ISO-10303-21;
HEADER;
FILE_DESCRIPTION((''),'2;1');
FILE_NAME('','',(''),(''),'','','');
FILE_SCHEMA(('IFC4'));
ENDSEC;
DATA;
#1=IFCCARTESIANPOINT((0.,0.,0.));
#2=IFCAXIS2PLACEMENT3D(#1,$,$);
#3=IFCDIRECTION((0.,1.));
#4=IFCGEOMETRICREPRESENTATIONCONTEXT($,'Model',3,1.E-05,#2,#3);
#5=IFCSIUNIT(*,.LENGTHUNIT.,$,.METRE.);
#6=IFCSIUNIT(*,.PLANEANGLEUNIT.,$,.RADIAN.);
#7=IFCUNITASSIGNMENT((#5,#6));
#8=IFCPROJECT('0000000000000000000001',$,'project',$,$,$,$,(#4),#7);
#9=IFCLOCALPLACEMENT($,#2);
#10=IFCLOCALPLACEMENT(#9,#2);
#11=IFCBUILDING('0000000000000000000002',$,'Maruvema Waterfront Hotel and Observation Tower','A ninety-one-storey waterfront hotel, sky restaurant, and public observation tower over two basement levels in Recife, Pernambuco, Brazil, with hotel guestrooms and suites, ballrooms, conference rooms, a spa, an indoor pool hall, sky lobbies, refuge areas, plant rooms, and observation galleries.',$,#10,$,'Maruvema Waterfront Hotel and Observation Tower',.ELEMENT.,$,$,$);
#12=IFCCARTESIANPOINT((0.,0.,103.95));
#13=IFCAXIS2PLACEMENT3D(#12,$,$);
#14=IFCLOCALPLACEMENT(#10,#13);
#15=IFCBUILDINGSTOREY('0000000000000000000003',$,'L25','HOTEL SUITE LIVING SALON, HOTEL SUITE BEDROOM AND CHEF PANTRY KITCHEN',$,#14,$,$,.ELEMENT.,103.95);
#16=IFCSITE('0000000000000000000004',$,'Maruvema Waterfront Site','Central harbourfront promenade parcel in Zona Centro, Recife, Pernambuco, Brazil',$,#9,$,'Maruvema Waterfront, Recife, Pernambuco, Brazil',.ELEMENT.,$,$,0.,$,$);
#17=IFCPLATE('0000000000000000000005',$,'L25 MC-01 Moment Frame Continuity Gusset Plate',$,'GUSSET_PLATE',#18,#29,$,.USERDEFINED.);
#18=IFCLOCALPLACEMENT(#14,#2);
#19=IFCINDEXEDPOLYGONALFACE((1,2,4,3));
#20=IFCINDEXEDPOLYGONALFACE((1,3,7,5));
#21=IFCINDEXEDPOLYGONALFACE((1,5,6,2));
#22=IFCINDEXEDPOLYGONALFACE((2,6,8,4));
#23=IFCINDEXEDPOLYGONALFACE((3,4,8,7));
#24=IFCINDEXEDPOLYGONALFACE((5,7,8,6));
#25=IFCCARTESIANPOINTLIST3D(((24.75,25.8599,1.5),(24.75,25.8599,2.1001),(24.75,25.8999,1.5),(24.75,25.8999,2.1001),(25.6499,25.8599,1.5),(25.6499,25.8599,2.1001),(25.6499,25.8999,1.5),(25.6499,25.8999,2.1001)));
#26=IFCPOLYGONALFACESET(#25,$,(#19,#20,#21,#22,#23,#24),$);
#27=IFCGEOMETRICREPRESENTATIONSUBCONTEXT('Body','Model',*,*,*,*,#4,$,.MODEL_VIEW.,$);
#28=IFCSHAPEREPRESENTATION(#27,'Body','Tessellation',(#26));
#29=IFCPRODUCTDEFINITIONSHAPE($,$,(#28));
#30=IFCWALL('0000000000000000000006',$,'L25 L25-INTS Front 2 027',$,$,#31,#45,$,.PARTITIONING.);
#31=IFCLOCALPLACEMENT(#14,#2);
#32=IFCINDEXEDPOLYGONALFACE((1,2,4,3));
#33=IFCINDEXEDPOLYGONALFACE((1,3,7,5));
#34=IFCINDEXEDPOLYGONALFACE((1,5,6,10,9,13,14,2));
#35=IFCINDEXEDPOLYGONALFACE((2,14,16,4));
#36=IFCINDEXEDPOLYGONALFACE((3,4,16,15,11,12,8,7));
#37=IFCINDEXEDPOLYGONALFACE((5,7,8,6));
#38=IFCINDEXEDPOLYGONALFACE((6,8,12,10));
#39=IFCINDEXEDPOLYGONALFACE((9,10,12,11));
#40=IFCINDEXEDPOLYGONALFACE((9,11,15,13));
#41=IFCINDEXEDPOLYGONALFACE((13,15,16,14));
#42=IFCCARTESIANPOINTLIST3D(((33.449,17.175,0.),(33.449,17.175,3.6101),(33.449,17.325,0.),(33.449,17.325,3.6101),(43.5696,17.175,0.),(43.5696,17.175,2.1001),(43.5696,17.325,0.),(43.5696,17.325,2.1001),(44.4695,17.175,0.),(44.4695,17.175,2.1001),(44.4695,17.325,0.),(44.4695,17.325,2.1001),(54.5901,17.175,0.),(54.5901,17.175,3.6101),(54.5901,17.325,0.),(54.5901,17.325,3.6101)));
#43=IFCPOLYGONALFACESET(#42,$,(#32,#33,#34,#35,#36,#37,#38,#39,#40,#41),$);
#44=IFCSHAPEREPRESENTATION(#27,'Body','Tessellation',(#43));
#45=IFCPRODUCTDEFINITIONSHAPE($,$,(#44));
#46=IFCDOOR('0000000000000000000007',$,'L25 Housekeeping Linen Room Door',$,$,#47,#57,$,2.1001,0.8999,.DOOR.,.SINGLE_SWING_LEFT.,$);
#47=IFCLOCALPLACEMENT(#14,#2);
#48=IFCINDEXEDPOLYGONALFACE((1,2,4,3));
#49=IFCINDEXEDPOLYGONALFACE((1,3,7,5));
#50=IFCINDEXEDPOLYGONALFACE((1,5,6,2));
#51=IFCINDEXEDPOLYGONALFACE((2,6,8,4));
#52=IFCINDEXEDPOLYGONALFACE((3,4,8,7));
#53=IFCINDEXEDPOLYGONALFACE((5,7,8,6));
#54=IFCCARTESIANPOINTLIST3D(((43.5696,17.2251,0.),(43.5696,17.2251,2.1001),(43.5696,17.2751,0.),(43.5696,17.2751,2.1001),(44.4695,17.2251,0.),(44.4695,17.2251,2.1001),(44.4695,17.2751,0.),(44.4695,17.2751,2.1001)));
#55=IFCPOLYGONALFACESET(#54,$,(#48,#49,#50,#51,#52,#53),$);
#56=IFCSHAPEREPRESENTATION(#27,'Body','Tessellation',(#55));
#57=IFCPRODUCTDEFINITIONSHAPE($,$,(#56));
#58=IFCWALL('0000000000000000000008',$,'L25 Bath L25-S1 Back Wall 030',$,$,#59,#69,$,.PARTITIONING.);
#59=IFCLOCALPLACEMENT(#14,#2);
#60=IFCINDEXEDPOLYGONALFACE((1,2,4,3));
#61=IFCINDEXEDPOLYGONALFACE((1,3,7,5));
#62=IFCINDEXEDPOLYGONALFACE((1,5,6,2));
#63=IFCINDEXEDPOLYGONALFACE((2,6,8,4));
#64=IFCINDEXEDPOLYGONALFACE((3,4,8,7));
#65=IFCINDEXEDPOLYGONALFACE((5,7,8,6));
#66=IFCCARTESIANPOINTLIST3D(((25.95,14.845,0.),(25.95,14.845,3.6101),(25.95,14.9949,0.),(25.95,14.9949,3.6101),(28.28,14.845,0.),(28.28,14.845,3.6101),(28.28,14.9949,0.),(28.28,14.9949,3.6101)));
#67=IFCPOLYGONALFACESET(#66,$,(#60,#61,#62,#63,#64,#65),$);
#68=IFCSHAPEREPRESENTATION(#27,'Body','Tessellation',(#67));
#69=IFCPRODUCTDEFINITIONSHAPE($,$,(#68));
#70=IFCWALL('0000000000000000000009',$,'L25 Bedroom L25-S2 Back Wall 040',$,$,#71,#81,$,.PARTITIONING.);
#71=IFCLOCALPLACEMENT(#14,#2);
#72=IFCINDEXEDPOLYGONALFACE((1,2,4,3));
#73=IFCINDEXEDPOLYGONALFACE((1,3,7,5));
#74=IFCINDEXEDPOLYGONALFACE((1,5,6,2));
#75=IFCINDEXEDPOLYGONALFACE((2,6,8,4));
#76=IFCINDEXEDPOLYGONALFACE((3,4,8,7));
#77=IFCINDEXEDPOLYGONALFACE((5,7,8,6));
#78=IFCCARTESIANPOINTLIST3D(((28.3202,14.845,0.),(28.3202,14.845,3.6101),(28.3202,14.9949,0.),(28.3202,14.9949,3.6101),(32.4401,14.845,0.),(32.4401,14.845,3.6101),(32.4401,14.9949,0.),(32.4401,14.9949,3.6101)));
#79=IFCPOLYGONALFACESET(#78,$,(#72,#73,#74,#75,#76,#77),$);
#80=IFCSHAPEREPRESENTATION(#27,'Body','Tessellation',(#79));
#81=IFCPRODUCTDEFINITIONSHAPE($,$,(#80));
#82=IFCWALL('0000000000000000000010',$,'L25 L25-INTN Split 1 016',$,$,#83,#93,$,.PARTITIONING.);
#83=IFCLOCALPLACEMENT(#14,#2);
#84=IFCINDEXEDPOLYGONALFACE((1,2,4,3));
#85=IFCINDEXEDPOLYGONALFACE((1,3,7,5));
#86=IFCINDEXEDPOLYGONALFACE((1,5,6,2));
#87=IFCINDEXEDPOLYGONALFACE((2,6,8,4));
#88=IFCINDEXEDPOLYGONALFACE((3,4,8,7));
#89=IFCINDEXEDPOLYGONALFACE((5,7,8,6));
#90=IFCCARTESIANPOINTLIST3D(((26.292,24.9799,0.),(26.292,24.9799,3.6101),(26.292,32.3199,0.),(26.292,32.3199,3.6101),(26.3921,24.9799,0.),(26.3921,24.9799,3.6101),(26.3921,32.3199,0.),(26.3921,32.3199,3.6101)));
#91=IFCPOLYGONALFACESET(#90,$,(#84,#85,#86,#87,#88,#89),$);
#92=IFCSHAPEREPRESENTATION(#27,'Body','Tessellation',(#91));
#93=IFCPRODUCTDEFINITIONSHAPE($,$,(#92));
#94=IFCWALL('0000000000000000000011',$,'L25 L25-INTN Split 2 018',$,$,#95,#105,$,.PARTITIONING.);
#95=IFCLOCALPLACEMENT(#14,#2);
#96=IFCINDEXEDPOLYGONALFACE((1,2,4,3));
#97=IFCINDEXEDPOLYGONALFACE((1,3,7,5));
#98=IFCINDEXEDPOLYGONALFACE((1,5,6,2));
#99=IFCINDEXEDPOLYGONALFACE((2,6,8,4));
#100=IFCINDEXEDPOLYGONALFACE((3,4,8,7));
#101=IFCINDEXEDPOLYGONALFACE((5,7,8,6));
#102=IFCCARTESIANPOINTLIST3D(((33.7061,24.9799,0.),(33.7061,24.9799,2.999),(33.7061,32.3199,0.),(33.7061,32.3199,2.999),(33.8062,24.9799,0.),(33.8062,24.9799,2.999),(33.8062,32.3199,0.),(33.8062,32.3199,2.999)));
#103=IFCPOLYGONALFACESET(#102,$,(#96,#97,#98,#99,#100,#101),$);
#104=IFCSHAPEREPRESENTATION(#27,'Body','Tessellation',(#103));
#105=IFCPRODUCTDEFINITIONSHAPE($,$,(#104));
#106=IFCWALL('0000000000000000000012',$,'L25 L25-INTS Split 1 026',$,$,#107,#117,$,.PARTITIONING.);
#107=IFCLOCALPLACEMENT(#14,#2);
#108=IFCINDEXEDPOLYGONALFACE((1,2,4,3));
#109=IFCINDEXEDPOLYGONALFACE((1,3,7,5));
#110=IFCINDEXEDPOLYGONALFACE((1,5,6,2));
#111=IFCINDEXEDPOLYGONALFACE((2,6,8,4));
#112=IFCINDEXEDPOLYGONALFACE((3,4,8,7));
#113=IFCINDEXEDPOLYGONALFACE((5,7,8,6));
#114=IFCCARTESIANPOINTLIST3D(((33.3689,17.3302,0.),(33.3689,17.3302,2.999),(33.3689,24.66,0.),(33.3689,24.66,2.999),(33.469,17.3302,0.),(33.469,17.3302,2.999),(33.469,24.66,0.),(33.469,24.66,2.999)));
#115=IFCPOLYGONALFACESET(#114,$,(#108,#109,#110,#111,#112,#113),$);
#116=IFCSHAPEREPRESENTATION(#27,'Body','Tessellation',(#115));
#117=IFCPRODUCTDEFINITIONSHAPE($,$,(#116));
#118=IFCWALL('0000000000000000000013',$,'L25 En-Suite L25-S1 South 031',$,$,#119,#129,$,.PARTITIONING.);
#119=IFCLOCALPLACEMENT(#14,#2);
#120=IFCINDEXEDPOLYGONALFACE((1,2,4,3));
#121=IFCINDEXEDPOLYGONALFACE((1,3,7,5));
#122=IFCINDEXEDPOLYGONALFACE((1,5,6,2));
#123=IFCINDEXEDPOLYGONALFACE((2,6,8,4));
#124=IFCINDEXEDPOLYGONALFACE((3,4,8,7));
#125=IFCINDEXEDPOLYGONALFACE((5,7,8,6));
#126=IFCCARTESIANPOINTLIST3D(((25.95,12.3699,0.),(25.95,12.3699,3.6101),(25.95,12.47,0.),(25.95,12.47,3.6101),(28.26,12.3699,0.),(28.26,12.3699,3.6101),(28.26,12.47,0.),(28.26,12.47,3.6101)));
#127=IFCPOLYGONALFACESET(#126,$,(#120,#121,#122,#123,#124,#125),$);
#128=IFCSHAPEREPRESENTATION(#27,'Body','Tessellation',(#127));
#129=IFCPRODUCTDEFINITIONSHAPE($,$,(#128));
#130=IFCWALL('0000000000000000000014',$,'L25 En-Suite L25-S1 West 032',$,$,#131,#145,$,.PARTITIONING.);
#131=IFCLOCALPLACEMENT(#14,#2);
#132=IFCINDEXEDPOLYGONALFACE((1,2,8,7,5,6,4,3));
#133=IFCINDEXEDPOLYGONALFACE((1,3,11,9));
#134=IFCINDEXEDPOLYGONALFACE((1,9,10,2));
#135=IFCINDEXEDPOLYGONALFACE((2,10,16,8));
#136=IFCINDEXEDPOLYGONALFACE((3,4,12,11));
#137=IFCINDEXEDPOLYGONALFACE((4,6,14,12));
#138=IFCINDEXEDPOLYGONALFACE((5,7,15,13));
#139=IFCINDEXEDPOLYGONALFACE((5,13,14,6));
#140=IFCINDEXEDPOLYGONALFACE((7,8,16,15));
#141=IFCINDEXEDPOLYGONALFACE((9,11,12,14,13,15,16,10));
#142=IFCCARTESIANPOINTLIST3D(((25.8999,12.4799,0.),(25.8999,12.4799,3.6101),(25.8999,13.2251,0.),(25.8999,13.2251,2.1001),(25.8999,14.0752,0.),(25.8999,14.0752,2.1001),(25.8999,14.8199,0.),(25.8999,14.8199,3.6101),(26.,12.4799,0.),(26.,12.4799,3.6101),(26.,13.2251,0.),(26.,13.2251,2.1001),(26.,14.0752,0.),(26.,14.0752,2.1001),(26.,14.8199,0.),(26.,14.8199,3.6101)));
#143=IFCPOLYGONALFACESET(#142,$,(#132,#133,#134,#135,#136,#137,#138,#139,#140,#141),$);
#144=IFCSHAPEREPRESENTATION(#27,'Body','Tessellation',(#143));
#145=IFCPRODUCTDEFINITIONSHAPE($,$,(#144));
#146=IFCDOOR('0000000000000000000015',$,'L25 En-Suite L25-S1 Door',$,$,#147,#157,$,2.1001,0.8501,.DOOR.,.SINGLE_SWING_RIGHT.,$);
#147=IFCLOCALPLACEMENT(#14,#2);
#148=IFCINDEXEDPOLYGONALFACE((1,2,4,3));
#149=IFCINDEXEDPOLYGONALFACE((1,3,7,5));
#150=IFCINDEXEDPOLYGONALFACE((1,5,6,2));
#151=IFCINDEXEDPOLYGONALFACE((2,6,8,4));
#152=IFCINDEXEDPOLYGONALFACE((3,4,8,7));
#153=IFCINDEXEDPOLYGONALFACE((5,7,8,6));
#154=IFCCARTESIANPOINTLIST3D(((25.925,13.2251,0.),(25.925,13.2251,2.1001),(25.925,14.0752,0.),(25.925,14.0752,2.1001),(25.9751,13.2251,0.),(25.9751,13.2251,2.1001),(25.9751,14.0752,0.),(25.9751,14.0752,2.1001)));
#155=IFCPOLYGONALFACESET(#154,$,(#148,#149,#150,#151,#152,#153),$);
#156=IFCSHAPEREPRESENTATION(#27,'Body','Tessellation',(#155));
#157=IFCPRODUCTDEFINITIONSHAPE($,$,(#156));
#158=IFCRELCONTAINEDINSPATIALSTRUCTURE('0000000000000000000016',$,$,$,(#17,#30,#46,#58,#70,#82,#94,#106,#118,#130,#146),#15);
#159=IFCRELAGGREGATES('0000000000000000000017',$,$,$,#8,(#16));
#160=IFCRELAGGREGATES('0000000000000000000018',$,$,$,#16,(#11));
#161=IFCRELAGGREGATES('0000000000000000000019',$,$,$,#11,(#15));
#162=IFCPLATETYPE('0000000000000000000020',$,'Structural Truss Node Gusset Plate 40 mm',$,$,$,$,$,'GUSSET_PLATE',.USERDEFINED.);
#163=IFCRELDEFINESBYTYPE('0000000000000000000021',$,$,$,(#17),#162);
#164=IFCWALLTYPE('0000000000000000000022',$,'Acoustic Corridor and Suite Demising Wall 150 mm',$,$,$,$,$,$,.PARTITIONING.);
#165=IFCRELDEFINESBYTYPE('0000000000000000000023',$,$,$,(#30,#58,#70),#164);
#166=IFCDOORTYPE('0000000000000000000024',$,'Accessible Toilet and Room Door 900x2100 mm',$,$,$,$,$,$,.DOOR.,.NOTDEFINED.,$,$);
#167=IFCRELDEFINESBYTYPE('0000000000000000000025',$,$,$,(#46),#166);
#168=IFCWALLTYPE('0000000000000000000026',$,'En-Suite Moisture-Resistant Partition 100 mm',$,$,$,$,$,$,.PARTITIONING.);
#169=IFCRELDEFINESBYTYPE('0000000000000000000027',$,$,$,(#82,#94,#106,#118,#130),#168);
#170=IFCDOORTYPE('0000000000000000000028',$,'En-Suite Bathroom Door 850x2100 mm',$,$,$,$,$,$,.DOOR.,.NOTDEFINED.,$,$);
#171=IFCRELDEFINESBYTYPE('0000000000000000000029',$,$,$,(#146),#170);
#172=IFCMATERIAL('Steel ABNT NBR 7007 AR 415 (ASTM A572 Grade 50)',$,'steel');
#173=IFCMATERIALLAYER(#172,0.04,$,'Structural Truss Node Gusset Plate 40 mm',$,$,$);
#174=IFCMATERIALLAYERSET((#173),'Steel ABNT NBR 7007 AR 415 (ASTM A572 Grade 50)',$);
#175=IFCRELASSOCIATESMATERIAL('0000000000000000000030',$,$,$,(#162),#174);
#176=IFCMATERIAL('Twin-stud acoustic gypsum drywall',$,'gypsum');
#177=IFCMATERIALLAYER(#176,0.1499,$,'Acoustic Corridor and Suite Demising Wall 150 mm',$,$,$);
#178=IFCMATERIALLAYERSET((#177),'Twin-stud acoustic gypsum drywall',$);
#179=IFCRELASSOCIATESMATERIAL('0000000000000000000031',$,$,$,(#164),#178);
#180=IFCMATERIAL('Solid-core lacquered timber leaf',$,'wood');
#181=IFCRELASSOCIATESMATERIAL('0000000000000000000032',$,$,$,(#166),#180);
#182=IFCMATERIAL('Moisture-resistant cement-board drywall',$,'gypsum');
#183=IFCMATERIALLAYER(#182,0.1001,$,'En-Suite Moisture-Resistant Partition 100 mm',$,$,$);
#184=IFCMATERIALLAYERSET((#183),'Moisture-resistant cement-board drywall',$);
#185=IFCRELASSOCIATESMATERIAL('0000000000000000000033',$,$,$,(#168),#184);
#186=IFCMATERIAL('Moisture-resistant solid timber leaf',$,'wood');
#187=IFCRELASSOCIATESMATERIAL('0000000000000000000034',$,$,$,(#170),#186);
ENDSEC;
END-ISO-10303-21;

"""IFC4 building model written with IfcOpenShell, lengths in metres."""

from ifc_helpers import new_model, si_unit, direction, frame, frame_2d, origin, origin_2d, place, context, subcontext, project, spatial, rectangle, extrude, material, layer, layer_set, type_object, element, fill, save


model = new_model("IFC4")

# Units and contexts
model_context = context("Model", 3, precision=1e-05, world=origin(), true_north=direction((0.0, 1.0)))
body_context = subcontext(model_context, "Body", "Model", "MODEL_VIEW")
ifc_project = project(units=[si_unit("LENGTHUNIT", "METRE"), si_unit("PLANEANGLEUNIT", "RADIAN")], contexts=[model_context])

# Site, building, storey
site_placement = place(None, origin())
site = spatial("IfcSite", under=ifc_project, at=site_placement, Name="Maruvema Waterfront Site", Description="Central harbourfront promenade parcel in Zona Centro, Recife, Pernambuco, Brazil", LongName="Maruvema Waterfront, Recife, Pernambuco, Brazil", CompositionType="ELEMENT", RefElevation=0.0)
building_placement = place(site_placement, origin())
building = spatial("IfcBuilding", under=site, at=building_placement, Name="Maruvema Waterfront Hotel and Observation Tower", Description="A ninety-one-storey waterfront hotel, sky restaurant, and public observation tower over two basement levels in Recife, Pernambuco, Brazil, with hotel guestrooms and suites, ballrooms, conference rooms, a spa, an indoor pool hall, sky lobbies, refuge areas, plant rooms, and observation galleries.", LongName="Maruvema Waterfront Hotel and Observation Tower", CompositionType="ELEMENT")
storey_placement = place(building_placement, frame((0.0, 0.0, 103.95)))
storey = spatial("IfcBuildingStorey", under=building, at=storey_placement, Name="L25", Description="HOTEL SUITE LIVING SALON, HOTEL SUITE BEDROOM AND CHEF PANTRY KITCHEN", CompositionType="ELEMENT", Elevation=103.95)

# Plate
ifc_material_1 = material(Name="Steel ABNT NBR 7007 AR 415 (ASTM A572 Grade 50)", Category="steel")
ifc_layer_1 = layer(ifc_material_1, 0.04, Name="Structural Truss Node Gusset Plate 40 mm")
ifc_layer_set_1 = layer_set([ifc_layer_1], Name="Steel ABNT NBR 7007 AR 415 (ASTM A572 Grade 50)")
plate_type = type_object("IfcPlateType", Name="Structural Truss Node Gusset Plate 40 mm", ElementType="GUSSET_PLATE", PredefinedType="USERDEFINED", material=ifc_layer_set_1)
plate_placement = place(storey_placement, frame((25.2, 25.8799, 1.5), z_axis=(0.0, 0.0, 1.0), x_axis=(1.0, 0.0, 0.0)))
element("IfcPlate", 1, at=plate_placement, inside=storey, type_object=plate_type, Name="L25 MC-01 Moment Frame Continuity Gusset Plate", ObjectType="GUSSET_PLATE", PredefinedType="USERDEFINED", context=body_context, shape_type="SweptSolid", body=[
    extrude(rectangle(XDim=0.8999, YDim=0.04, at=origin_2d()), origin(), (0.0, 0.0, 1.0), 0.6001),
])

# Wall, opening, door
ifc_material_2 = material(Name="Twin-stud acoustic gypsum drywall", Category="gypsum")
ifc_layer_2 = layer(ifc_material_2, 0.1499, Name="Acoustic Corridor and Suite Demising Wall 150 mm")
ifc_layer_set_2 = layer_set([ifc_layer_2], Name="Twin-stud acoustic gypsum drywall")
wall_type_1 = type_object("IfcWallType", Name="Acoustic Corridor and Suite Demising Wall 150 mm", PredefinedType="PARTITIONING", material=ifc_layer_set_2)
wall_1_placement = place(storey_placement, frame((33.449, 17.25, 0.0), z_axis=(0.0, 0.0, 1.0), x_axis=(1.0, 0.0, 0.0)))
wall_1 = element("IfcWall", 2, at=wall_1_placement, inside=storey, type_object=wall_type_1, Name="L25 L25-INTS Front 2 027", PredefinedType="PARTITIONING", context=body_context, shape_type="SweptSolid", body=[
    extrude(rectangle(XDim=21.1411, YDim=0.1499, at=frame_2d((10.5706, 0.0))), origin(), (0.0, 0.0, 1.0), 3.6101),
])
opening_1_placement = place(wall_1_placement, frame((10.1206, 0.0, 0.0)))
opening_1 = element("IfcOpeningElement", 3, at=opening_1_placement, cuts=wall_1, PredefinedType="OPENING", context=body_context, shape_type="SweptSolid", body=[
    extrude(rectangle(XDim=0.8999, YDim=2.1001, at=frame_2d((0.45, 1.05))), frame((0.0, 0.085, 0.0), z_axis=(0.0, -1.0, 0.0), x_axis=(1.0, 0.0, 0.0)), (0.0, 0.0, 1.0), 0.1699),
])
ifc_material_3 = material(Name="Solid-core lacquered timber leaf", Category="wood")
door_type_1 = type_object("IfcDoorType", Name="Accessible Toilet and Room Door 900x2100 mm", OperationType="NOTDEFINED", PredefinedType="DOOR", material=ifc_material_3)
door_1_placement = place(opening_1_placement, frame((0.8999, 0.0, 0.0), z_axis=(0.0, 0.0, 1.0), x_axis=(-1.0, 0.0, 0.0)))
door_1 = element("IfcDoor", 4, at=door_1_placement, inside=storey, type_object=door_type_1, Name="L25 Housekeeping Linen Room Door", OperationType="SINGLE_SWING_LEFT", OverallHeight=2.1001, OverallWidth=0.8999, PredefinedType="DOOR", context=body_context, shape_type="SweptSolid", body=[
    extrude(rectangle(XDim=0.8999, YDim=2.1001, at=frame_2d((0.45, 1.05))), frame((0.0, 0.0249, 0.0), z_axis=(0.0, -1.0, 0.0), x_axis=(1.0, 0.0, 0.0)), (0.0, 0.0, 1.0), 0.05),
])
fill(opening_1, door_1)

# Walls
wall_2_placement = place(storey_placement, frame((25.95, 14.9199, 0.0), z_axis=(0.0, 0.0, 1.0), x_axis=(1.0, 0.0, 0.0)))
element("IfcWall", 5, at=wall_2_placement, inside=storey, type_object=wall_type_1, Name="L25 Bath L25-S1 Back Wall 030", PredefinedType="PARTITIONING", context=body_context, shape_type="SweptSolid", body=[
    extrude(rectangle(XDim=2.3301, YDim=0.1499, at=frame_2d((1.165, 0.0))), origin(), (0.0, 0.0, 1.0), 3.6101),
])
wall_3_placement = place(storey_placement, frame((28.3201, 14.9199, 0.0), z_axis=(0.0, 0.0, 1.0), x_axis=(1.0, 0.0, 0.0)))
element("IfcWall", 6, at=wall_3_placement, inside=storey, type_object=wall_type_1, Name="L25 Bedroom L25-S2 Back Wall 040", PredefinedType="PARTITIONING", context=body_context, shape_type="SweptSolid", body=[
    extrude(rectangle(XDim=4.1199, YDim=0.1499, at=frame_2d((2.0601, 0.0))), origin(), (0.0, 0.0, 1.0), 3.6101),
])

# Walls
ifc_material_4 = material(Name="Moisture-resistant cement-board drywall", Category="gypsum")
ifc_layer_3 = layer(ifc_material_4, 0.1001, Name="En-Suite Moisture-Resistant Partition 100 mm")
ifc_layer_set_3 = layer_set([ifc_layer_3], Name="Moisture-resistant cement-board drywall")
wall_type_2 = type_object("IfcWallType", Name="En-Suite Moisture-Resistant Partition 100 mm", PredefinedType="PARTITIONING", material=ifc_layer_set_3)
wall_4_placement = place(storey_placement, frame((26.342, 24.98, 0.0), z_axis=(0.0, 0.0, 1.0), x_axis=(0.0, 1.0, 0.0)))
element("IfcWall", 7, at=wall_4_placement, inside=storey, type_object=wall_type_2, Name="L25 L25-INTN Split 1 016", PredefinedType="PARTITIONING", context=body_context, shape_type="SweptSolid", body=[
    extrude(rectangle(XDim=7.3401, YDim=0.1001, at=frame_2d((3.6699, 0.0))), origin(), (0.0, 0.0, 1.0), 3.6101),
])
wall_5_placement = place(storey_placement, frame((33.7561, 24.98, 0.0), z_axis=(0.0, 0.0, 1.0), x_axis=(0.0, 1.0, 0.0)))
element("IfcWall", 8, at=wall_5_placement, inside=storey, type_object=wall_type_2, Name="L25 L25-INTN Split 2 018", PredefinedType="PARTITIONING", context=body_context, shape_type="SweptSolid", body=[
    extrude(rectangle(XDim=7.3401, YDim=0.1001, at=frame_2d((3.6699, 0.0))), origin(), (0.0, 0.0, 1.0), 2.999),
])
wall_6_placement = place(storey_placement, frame((33.4189, 17.3301, 0.0), z_axis=(0.0, 0.0, 1.0), x_axis=(0.0, 1.0, 0.0)))
element("IfcWall", 9, at=wall_6_placement, inside=storey, type_object=wall_type_2, Name="L25 L25-INTS Split 1 026", PredefinedType="PARTITIONING", context=body_context, shape_type="SweptSolid", body=[
    extrude(rectangle(XDim=7.3298, YDim=0.1001, at=frame_2d((3.665, 0.0))), origin(), (0.0, 0.0, 1.0), 2.999),
])
wall_7_placement = place(storey_placement, frame((25.95, 12.4199, 0.0), z_axis=(0.0, 0.0, 1.0), x_axis=(1.0, 0.0, 0.0)))
element("IfcWall", 10, at=wall_7_placement, inside=storey, type_object=wall_type_2, Name="L25 En-Suite L25-S1 South 031", PredefinedType="PARTITIONING", context=body_context, shape_type="SweptSolid", body=[
    extrude(rectangle(XDim=2.3101, YDim=0.1001, at=frame_2d((1.155, 0.0))), origin(), (0.0, 0.0, 1.0), 3.6101),
])

# Wall, opening, door
wall_8_placement = place(storey_placement, frame((25.95, 12.48, 0.0), z_axis=(0.0, 0.0, 1.0), x_axis=(0.0, 1.0, 0.0)))
wall_8 = element("IfcWall", 11, at=wall_8_placement, inside=storey, type_object=wall_type_2, Name="L25 En-Suite L25-S1 West 032", PredefinedType="PARTITIONING", context=body_context, shape_type="SweptSolid", body=[
    extrude(rectangle(XDim=2.3401, YDim=0.1001, at=frame_2d((1.1699, 0.0))), origin(), (0.0, 0.0, 1.0), 3.6101),
])
opening_2_placement = place(wall_8_placement, frame((0.7451, 0.0, 0.0)))
opening_2 = element("IfcOpeningElement", 12, at=opening_2_placement, cuts=wall_8, PredefinedType="OPENING", context=body_context, shape_type="SweptSolid", body=[
    extrude(rectangle(XDim=0.8501, YDim=2.1001, at=frame_2d((0.425, 1.05))), frame((0.0, 0.0601, 0.0), z_axis=(0.0, -1.0, 0.0), x_axis=(1.0, 0.0, 0.0)), (0.0, 0.0, 1.0), 0.1201),
])
ifc_material_5 = material(Name="Moisture-resistant solid timber leaf", Category="wood")
door_type_2 = type_object("IfcDoorType", Name="En-Suite Bathroom Door 850x2100 mm", OperationType="NOTDEFINED", PredefinedType="DOOR", material=ifc_material_5)
door_2_placement = place(opening_2_placement, origin())
door_2 = element("IfcDoor", 13, at=door_2_placement, inside=storey, type_object=door_type_2, Name="L25 En-Suite L25-S1 Door", OperationType="SINGLE_SWING_RIGHT", OverallHeight=2.1001, OverallWidth=0.8501, PredefinedType="DOOR", context=body_context, shape_type="SweptSolid", body=[
    extrude(rectangle(XDim=0.8501, YDim=2.1001, at=frame_2d((0.425, 1.05))), frame((0.0, 0.0249, 0.0), z_axis=(0.0, -1.0, 0.0), x_axis=(1.0, 0.0, 0.0)), (0.0, 0.0, 1.0), 0.05),
])
fill(opening_2, door_2)

save(model, "model.ifc")
